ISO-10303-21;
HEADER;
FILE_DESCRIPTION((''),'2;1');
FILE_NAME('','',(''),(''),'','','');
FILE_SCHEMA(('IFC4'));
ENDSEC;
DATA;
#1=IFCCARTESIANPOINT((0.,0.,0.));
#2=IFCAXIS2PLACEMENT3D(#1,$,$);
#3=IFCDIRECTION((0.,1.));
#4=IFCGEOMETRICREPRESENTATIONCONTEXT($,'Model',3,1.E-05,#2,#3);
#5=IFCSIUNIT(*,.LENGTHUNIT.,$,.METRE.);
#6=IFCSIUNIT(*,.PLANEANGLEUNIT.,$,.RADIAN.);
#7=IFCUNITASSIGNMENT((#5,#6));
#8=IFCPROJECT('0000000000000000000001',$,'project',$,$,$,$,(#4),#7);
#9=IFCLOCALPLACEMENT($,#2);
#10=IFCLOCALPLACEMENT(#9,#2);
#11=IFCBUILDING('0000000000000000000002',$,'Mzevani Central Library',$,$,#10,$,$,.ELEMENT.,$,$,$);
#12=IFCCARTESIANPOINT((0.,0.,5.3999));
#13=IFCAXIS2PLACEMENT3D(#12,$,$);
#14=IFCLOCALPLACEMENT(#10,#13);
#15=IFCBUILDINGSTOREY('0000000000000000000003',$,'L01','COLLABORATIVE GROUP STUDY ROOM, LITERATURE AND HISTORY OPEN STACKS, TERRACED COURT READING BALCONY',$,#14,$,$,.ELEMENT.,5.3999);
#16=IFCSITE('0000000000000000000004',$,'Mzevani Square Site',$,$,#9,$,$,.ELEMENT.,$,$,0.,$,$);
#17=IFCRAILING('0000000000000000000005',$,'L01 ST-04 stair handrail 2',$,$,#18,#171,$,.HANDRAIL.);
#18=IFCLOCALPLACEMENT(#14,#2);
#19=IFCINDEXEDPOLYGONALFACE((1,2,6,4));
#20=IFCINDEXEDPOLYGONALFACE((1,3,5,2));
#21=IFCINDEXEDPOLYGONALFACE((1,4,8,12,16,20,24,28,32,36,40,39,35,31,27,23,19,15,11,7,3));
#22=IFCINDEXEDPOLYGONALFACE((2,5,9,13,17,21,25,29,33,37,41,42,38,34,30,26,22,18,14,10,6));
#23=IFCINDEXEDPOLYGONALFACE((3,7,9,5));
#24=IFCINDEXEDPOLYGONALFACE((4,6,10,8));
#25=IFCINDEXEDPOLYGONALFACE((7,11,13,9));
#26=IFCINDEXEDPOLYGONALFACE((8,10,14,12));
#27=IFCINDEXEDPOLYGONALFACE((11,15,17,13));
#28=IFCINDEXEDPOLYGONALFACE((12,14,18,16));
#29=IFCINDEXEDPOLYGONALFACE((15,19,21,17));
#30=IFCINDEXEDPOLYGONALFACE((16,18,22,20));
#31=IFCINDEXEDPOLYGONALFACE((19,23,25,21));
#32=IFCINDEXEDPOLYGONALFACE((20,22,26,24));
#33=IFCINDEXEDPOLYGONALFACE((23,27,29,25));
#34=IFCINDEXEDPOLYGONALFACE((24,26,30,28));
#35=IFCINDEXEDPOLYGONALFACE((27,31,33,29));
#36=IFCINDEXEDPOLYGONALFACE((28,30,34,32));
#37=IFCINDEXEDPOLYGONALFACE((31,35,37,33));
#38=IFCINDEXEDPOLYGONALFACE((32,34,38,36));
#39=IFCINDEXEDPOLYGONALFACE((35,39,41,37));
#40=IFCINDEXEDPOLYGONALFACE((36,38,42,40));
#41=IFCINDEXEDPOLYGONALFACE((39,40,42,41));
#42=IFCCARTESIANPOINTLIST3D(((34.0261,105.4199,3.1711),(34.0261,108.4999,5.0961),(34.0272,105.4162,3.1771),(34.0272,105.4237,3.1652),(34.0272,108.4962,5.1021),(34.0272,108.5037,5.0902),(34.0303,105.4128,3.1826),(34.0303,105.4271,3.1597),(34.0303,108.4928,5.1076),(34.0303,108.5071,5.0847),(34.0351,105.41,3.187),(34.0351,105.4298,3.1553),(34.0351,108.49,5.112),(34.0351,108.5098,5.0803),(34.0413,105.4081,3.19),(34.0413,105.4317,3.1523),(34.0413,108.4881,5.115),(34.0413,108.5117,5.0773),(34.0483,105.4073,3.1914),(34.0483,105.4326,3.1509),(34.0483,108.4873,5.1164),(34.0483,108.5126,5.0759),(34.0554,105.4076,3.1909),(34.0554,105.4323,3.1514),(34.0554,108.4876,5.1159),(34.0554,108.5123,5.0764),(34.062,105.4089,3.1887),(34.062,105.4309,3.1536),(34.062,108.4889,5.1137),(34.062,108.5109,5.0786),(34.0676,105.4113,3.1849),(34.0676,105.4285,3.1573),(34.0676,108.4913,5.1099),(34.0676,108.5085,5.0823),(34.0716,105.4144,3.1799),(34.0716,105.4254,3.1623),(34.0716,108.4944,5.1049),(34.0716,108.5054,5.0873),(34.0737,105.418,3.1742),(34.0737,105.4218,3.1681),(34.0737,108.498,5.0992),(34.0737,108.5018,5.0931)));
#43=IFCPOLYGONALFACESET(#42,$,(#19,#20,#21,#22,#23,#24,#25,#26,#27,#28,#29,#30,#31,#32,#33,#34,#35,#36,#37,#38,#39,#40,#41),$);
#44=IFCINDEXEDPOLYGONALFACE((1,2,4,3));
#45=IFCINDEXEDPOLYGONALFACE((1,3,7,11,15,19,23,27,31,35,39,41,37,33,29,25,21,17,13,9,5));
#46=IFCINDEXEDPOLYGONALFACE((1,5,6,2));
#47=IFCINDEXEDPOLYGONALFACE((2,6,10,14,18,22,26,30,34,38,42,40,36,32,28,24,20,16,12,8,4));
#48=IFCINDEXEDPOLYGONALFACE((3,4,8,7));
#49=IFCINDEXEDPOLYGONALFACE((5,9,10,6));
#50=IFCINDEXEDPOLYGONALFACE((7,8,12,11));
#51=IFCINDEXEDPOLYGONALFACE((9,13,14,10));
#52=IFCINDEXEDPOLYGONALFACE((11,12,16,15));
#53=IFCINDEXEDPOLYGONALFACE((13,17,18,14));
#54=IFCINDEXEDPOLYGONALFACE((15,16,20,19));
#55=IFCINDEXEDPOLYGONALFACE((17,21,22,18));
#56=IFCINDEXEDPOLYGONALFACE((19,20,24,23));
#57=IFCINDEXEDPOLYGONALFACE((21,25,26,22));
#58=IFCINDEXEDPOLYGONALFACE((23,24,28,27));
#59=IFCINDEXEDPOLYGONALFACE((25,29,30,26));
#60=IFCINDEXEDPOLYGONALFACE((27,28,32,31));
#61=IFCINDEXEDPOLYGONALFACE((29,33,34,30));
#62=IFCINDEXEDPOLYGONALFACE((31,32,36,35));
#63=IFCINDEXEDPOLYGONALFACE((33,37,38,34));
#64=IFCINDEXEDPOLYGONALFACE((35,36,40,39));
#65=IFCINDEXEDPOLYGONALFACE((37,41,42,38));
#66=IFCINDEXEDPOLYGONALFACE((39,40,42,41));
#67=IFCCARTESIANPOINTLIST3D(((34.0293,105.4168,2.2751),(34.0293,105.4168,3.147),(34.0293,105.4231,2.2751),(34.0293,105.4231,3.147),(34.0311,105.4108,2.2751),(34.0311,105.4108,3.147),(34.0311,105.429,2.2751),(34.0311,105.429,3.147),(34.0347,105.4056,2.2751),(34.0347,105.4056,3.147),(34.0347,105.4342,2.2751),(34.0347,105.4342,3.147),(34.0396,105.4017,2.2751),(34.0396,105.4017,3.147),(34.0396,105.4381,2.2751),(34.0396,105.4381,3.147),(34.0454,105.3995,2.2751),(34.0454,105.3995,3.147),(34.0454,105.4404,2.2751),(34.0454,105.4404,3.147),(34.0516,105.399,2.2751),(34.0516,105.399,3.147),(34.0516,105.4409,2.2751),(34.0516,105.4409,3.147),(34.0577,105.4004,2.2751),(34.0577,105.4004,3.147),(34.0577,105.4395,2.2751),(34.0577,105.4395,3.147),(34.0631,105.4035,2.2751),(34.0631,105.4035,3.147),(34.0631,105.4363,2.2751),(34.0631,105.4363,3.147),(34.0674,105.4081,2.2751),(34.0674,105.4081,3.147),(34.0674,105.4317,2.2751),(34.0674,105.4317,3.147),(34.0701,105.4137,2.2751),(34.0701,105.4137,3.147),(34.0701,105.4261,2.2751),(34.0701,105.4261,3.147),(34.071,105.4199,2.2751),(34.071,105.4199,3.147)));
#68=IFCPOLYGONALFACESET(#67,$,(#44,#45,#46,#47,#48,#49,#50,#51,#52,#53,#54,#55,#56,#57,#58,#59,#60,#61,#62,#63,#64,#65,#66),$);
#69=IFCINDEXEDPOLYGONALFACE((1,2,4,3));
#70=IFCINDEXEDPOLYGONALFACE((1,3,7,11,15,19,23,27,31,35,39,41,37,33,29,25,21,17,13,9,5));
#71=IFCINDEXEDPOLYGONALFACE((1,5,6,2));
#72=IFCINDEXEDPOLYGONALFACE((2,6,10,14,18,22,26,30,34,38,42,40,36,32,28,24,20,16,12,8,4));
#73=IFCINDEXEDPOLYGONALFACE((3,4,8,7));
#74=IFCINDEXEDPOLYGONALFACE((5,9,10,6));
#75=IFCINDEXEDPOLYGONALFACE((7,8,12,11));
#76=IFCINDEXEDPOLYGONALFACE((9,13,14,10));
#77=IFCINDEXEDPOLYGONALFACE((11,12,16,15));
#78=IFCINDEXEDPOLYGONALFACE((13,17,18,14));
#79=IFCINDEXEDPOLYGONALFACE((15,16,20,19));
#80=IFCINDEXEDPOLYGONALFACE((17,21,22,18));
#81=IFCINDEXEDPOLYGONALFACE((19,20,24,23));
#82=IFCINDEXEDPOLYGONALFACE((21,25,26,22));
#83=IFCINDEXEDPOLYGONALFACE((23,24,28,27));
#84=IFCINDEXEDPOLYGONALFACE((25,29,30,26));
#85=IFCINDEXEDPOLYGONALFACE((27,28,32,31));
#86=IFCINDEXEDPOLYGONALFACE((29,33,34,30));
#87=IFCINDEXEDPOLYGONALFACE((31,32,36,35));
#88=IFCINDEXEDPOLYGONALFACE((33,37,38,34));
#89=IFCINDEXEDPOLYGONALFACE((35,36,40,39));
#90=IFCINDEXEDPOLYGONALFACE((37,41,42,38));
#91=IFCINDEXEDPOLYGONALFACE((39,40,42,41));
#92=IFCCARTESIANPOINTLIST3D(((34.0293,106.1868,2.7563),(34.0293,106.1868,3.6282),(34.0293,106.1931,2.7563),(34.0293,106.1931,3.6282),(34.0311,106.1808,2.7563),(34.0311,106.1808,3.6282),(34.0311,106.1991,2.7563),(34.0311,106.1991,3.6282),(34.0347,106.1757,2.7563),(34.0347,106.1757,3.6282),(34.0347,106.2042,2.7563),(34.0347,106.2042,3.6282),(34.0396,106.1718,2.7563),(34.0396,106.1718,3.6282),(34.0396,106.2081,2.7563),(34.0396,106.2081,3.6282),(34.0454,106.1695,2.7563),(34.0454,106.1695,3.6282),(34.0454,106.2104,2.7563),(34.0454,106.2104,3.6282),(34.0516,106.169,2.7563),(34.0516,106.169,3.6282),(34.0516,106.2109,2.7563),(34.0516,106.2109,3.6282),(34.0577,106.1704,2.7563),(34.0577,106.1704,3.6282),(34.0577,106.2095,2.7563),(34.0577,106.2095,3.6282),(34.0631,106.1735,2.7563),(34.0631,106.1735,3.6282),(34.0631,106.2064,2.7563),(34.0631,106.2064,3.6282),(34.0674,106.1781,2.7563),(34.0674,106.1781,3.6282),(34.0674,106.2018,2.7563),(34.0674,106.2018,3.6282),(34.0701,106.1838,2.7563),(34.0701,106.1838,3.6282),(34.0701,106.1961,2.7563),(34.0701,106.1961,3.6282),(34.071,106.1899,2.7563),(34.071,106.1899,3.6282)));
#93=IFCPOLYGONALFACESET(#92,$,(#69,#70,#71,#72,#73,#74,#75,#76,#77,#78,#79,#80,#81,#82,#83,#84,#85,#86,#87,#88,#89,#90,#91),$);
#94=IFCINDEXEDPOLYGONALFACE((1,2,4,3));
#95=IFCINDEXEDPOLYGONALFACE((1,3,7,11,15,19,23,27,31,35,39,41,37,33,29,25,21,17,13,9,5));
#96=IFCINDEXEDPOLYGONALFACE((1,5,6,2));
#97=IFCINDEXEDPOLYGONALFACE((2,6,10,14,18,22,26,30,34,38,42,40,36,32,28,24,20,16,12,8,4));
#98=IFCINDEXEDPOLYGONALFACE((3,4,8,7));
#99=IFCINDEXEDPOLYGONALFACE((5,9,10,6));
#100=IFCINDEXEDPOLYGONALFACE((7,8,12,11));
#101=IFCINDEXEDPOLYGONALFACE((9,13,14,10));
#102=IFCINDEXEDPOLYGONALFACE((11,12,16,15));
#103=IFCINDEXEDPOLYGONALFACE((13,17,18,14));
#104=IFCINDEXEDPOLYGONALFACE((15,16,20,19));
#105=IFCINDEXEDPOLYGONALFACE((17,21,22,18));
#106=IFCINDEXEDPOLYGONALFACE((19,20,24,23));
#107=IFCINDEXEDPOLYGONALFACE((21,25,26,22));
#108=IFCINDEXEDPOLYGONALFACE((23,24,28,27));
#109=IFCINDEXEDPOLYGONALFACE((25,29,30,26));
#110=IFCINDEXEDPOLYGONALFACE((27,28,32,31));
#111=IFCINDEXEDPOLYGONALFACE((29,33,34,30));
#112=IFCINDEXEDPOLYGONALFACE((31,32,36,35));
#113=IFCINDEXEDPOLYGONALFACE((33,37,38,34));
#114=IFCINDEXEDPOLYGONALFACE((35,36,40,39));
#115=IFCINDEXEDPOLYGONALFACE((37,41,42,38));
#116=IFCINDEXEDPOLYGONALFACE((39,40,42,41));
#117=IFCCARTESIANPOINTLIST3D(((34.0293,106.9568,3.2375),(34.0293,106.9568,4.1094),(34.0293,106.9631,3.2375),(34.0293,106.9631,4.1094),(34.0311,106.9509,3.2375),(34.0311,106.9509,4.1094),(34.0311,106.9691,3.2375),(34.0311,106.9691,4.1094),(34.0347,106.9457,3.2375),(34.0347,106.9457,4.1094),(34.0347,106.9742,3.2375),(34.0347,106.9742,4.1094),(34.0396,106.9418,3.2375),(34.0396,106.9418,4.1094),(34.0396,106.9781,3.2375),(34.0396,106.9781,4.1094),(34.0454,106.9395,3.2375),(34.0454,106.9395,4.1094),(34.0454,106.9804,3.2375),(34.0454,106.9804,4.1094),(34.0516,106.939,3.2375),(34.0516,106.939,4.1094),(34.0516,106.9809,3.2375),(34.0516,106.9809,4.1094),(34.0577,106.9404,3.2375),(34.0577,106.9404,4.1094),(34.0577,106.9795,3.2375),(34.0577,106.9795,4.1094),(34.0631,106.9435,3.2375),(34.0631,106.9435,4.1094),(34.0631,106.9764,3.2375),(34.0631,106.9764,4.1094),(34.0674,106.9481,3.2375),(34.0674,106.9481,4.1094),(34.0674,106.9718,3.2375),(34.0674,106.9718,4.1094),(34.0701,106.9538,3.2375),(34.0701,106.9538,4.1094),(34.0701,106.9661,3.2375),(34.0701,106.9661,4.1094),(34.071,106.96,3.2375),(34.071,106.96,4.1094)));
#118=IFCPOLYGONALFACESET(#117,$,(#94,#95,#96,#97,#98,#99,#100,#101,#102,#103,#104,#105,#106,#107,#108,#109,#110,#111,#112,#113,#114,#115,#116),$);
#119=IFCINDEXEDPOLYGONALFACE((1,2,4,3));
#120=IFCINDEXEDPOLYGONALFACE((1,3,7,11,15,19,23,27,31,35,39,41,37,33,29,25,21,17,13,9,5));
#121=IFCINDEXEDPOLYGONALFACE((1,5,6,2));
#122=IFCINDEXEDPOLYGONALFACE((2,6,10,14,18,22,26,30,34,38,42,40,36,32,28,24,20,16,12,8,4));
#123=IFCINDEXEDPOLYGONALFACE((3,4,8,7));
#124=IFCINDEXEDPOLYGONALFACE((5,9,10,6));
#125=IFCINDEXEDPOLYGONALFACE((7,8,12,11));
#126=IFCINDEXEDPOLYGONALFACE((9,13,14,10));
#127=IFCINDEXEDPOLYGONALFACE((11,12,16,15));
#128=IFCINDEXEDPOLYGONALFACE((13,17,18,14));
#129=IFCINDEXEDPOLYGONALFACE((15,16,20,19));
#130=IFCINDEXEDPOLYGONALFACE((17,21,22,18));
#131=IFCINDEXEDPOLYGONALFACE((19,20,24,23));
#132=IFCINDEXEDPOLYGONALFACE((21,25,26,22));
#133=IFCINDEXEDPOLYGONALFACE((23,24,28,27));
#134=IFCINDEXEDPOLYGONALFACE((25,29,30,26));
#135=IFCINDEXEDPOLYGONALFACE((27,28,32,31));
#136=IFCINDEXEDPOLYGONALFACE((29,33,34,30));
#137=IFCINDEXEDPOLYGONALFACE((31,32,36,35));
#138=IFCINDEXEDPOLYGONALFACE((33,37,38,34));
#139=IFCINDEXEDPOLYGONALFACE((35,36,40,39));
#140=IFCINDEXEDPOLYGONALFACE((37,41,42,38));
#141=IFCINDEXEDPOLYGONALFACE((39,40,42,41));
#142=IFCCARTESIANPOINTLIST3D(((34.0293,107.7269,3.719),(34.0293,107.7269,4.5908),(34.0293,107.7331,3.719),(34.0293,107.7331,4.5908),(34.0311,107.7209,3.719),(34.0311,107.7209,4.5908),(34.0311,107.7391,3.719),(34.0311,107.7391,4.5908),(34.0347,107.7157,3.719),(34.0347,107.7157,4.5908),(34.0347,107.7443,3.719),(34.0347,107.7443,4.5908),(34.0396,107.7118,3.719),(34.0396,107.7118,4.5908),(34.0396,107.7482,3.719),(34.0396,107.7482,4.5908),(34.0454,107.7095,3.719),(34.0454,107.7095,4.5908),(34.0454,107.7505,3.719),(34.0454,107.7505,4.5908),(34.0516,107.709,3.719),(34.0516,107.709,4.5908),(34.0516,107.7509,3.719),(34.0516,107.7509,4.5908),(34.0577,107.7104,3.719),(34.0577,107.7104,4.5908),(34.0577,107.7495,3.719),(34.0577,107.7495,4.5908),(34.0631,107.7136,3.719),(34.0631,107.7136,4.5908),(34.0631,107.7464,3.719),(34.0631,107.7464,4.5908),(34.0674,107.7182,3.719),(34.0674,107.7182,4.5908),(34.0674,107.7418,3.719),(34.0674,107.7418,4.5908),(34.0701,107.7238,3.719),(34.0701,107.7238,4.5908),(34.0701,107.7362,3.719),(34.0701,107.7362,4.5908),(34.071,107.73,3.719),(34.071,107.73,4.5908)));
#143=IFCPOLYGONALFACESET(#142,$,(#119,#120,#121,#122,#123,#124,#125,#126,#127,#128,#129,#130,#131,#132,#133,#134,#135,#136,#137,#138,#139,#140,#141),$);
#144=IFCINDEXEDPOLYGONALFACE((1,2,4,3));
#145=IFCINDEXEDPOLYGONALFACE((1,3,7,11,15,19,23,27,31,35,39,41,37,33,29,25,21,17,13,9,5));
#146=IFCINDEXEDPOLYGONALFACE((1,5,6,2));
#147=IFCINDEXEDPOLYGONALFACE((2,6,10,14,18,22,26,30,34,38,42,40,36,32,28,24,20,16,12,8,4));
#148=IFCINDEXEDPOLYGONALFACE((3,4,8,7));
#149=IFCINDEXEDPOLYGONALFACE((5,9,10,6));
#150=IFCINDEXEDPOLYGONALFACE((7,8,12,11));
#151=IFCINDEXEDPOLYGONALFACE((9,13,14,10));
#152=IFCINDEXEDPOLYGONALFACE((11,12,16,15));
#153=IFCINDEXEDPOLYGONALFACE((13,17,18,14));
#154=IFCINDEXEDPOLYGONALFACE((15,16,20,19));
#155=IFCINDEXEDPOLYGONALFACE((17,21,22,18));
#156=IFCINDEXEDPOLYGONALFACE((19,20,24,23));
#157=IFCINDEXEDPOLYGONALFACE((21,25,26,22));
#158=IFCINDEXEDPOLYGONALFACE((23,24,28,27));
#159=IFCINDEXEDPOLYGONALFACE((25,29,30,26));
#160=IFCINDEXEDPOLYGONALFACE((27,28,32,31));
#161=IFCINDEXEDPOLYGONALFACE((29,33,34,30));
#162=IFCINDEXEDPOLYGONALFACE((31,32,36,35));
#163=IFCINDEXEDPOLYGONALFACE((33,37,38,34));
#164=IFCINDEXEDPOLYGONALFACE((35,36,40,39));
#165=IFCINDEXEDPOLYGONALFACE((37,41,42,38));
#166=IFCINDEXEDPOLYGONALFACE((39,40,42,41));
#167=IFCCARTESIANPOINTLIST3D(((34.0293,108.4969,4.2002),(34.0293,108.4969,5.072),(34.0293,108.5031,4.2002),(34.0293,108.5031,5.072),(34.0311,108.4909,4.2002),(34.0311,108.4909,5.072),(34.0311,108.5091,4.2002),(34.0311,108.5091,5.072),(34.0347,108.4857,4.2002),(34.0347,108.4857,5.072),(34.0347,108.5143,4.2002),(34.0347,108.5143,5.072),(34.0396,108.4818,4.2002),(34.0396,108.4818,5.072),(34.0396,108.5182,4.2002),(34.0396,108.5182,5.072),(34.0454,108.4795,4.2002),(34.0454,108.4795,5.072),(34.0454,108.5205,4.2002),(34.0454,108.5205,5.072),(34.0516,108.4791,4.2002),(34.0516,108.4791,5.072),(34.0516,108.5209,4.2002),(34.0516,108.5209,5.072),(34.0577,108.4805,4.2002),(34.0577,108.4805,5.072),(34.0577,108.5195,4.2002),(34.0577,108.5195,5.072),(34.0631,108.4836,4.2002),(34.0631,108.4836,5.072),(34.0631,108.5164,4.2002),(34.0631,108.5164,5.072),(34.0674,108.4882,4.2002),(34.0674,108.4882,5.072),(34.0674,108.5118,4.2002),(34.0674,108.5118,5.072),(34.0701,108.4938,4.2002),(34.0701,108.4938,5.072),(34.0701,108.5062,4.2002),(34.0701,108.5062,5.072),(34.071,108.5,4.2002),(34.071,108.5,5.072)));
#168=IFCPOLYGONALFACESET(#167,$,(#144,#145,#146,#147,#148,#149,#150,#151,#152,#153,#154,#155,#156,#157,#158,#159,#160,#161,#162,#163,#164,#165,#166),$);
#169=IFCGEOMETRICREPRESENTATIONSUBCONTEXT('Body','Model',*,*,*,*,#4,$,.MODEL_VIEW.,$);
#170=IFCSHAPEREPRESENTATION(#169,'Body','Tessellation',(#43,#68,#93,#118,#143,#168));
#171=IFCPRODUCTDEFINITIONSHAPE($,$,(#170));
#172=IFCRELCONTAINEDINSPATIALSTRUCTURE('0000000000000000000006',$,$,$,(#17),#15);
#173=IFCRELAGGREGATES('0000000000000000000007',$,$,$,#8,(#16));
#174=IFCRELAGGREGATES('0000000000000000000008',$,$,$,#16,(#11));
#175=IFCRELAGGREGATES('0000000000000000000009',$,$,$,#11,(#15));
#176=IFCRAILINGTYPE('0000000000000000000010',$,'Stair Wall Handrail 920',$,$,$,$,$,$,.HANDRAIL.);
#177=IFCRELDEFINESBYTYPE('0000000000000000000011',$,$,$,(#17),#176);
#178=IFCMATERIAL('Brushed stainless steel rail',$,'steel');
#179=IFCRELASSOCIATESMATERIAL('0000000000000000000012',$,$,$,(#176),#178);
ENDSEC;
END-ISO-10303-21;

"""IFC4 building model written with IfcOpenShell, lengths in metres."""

from ifc_helpers import new_model, si_unit, direction, frame, origin, origin_2d, place, context, subcontext, project, spatial, circle, extrude, material, type_object, element, save


model = new_model("IFC4")

# Units and contexts
model_context = context("Model", 3, precision=1e-05, world=origin(), true_north=direction((0.0, 1.0)))
body_context = subcontext(model_context, "Body", "Model", "MODEL_VIEW")
ifc_project = project(units=[si_unit("LENGTHUNIT", "METRE"), si_unit("PLANEANGLEUNIT", "RADIAN")], contexts=[model_context])

# Site, building, storey
site_placement = place(None, origin())
site = spatial("IfcSite", under=ifc_project, at=site_placement, Name="Mzevani Square Site", CompositionType="ELEMENT", RefElevation=0.0)
building_placement = place(site_placement, origin())
building = spatial("IfcBuilding", under=site, at=building_placement, Name="Mzevani Central Library", CompositionType="ELEMENT")
storey_placement = place(building_placement, frame((0.0, 0.0, 5.3999)))
storey = spatial("IfcBuildingStorey", under=building, at=storey_placement, Name="L01", Description="COLLABORATIVE GROUP STUDY ROOM, LITERATURE AND HISTORY OPEN STACKS, TERRACED COURT READING BALCONY", CompositionType="ELEMENT", Elevation=5.3999)

# Shared definitions
ifc_material_1 = material(Name="Brushed stainless steel rail", Category="steel")

# Railing
railing_type_1 = type_object("IfcRailingType", Name="Stair Wall Handrail 920", PredefinedType="HANDRAIL", material=ifc_material_1)
railing_1_placement = place(storey_placement, frame((34.05, 105.4199, 2.2751)))
element("IfcRailing", 1, at=railing_1_placement, inside=storey, type_object=railing_type_1, Name="L01 ST-04 stair handrail 2", PredefinedType="HANDRAIL", context=body_context, shape_type="SweptSolid", body=[
    extrude(circle(Radius=0.0239, at=origin_2d()), frame((0.0, 0.0, 0.896), z_axis=(0.0, 0.847998, 0.529999), x_axis=(-1.0, 0.0, 0.0)), (0.0, 0.0, 1.0), 3.6321),
    extrude(circle(Radius=0.021, at=origin_2d()), origin(), (0.0, 0.0, 1.0), 0.8718),
    extrude(circle(Radius=0.021, at=origin_2d()), frame((0.0, 0.77, 0.4812)), (0.0, 0.0, 1.0), 0.8718),
    extrude(circle(Radius=0.021, at=origin_2d()), frame((0.0, 1.54, 0.9624)), (0.0, 0.0, 1.0), 0.8718),
    extrude(circle(Radius=0.021, at=origin_2d()), frame((0.0, 2.3101, 1.4438)), (0.0, 0.0, 1.0), 0.8718),
    extrude(circle(Radius=0.021, at=origin_2d()), frame((0.0, 3.0801, 1.925)), (0.0, 0.0, 1.0), 0.8718),
])

save(model, "model.ifc")
